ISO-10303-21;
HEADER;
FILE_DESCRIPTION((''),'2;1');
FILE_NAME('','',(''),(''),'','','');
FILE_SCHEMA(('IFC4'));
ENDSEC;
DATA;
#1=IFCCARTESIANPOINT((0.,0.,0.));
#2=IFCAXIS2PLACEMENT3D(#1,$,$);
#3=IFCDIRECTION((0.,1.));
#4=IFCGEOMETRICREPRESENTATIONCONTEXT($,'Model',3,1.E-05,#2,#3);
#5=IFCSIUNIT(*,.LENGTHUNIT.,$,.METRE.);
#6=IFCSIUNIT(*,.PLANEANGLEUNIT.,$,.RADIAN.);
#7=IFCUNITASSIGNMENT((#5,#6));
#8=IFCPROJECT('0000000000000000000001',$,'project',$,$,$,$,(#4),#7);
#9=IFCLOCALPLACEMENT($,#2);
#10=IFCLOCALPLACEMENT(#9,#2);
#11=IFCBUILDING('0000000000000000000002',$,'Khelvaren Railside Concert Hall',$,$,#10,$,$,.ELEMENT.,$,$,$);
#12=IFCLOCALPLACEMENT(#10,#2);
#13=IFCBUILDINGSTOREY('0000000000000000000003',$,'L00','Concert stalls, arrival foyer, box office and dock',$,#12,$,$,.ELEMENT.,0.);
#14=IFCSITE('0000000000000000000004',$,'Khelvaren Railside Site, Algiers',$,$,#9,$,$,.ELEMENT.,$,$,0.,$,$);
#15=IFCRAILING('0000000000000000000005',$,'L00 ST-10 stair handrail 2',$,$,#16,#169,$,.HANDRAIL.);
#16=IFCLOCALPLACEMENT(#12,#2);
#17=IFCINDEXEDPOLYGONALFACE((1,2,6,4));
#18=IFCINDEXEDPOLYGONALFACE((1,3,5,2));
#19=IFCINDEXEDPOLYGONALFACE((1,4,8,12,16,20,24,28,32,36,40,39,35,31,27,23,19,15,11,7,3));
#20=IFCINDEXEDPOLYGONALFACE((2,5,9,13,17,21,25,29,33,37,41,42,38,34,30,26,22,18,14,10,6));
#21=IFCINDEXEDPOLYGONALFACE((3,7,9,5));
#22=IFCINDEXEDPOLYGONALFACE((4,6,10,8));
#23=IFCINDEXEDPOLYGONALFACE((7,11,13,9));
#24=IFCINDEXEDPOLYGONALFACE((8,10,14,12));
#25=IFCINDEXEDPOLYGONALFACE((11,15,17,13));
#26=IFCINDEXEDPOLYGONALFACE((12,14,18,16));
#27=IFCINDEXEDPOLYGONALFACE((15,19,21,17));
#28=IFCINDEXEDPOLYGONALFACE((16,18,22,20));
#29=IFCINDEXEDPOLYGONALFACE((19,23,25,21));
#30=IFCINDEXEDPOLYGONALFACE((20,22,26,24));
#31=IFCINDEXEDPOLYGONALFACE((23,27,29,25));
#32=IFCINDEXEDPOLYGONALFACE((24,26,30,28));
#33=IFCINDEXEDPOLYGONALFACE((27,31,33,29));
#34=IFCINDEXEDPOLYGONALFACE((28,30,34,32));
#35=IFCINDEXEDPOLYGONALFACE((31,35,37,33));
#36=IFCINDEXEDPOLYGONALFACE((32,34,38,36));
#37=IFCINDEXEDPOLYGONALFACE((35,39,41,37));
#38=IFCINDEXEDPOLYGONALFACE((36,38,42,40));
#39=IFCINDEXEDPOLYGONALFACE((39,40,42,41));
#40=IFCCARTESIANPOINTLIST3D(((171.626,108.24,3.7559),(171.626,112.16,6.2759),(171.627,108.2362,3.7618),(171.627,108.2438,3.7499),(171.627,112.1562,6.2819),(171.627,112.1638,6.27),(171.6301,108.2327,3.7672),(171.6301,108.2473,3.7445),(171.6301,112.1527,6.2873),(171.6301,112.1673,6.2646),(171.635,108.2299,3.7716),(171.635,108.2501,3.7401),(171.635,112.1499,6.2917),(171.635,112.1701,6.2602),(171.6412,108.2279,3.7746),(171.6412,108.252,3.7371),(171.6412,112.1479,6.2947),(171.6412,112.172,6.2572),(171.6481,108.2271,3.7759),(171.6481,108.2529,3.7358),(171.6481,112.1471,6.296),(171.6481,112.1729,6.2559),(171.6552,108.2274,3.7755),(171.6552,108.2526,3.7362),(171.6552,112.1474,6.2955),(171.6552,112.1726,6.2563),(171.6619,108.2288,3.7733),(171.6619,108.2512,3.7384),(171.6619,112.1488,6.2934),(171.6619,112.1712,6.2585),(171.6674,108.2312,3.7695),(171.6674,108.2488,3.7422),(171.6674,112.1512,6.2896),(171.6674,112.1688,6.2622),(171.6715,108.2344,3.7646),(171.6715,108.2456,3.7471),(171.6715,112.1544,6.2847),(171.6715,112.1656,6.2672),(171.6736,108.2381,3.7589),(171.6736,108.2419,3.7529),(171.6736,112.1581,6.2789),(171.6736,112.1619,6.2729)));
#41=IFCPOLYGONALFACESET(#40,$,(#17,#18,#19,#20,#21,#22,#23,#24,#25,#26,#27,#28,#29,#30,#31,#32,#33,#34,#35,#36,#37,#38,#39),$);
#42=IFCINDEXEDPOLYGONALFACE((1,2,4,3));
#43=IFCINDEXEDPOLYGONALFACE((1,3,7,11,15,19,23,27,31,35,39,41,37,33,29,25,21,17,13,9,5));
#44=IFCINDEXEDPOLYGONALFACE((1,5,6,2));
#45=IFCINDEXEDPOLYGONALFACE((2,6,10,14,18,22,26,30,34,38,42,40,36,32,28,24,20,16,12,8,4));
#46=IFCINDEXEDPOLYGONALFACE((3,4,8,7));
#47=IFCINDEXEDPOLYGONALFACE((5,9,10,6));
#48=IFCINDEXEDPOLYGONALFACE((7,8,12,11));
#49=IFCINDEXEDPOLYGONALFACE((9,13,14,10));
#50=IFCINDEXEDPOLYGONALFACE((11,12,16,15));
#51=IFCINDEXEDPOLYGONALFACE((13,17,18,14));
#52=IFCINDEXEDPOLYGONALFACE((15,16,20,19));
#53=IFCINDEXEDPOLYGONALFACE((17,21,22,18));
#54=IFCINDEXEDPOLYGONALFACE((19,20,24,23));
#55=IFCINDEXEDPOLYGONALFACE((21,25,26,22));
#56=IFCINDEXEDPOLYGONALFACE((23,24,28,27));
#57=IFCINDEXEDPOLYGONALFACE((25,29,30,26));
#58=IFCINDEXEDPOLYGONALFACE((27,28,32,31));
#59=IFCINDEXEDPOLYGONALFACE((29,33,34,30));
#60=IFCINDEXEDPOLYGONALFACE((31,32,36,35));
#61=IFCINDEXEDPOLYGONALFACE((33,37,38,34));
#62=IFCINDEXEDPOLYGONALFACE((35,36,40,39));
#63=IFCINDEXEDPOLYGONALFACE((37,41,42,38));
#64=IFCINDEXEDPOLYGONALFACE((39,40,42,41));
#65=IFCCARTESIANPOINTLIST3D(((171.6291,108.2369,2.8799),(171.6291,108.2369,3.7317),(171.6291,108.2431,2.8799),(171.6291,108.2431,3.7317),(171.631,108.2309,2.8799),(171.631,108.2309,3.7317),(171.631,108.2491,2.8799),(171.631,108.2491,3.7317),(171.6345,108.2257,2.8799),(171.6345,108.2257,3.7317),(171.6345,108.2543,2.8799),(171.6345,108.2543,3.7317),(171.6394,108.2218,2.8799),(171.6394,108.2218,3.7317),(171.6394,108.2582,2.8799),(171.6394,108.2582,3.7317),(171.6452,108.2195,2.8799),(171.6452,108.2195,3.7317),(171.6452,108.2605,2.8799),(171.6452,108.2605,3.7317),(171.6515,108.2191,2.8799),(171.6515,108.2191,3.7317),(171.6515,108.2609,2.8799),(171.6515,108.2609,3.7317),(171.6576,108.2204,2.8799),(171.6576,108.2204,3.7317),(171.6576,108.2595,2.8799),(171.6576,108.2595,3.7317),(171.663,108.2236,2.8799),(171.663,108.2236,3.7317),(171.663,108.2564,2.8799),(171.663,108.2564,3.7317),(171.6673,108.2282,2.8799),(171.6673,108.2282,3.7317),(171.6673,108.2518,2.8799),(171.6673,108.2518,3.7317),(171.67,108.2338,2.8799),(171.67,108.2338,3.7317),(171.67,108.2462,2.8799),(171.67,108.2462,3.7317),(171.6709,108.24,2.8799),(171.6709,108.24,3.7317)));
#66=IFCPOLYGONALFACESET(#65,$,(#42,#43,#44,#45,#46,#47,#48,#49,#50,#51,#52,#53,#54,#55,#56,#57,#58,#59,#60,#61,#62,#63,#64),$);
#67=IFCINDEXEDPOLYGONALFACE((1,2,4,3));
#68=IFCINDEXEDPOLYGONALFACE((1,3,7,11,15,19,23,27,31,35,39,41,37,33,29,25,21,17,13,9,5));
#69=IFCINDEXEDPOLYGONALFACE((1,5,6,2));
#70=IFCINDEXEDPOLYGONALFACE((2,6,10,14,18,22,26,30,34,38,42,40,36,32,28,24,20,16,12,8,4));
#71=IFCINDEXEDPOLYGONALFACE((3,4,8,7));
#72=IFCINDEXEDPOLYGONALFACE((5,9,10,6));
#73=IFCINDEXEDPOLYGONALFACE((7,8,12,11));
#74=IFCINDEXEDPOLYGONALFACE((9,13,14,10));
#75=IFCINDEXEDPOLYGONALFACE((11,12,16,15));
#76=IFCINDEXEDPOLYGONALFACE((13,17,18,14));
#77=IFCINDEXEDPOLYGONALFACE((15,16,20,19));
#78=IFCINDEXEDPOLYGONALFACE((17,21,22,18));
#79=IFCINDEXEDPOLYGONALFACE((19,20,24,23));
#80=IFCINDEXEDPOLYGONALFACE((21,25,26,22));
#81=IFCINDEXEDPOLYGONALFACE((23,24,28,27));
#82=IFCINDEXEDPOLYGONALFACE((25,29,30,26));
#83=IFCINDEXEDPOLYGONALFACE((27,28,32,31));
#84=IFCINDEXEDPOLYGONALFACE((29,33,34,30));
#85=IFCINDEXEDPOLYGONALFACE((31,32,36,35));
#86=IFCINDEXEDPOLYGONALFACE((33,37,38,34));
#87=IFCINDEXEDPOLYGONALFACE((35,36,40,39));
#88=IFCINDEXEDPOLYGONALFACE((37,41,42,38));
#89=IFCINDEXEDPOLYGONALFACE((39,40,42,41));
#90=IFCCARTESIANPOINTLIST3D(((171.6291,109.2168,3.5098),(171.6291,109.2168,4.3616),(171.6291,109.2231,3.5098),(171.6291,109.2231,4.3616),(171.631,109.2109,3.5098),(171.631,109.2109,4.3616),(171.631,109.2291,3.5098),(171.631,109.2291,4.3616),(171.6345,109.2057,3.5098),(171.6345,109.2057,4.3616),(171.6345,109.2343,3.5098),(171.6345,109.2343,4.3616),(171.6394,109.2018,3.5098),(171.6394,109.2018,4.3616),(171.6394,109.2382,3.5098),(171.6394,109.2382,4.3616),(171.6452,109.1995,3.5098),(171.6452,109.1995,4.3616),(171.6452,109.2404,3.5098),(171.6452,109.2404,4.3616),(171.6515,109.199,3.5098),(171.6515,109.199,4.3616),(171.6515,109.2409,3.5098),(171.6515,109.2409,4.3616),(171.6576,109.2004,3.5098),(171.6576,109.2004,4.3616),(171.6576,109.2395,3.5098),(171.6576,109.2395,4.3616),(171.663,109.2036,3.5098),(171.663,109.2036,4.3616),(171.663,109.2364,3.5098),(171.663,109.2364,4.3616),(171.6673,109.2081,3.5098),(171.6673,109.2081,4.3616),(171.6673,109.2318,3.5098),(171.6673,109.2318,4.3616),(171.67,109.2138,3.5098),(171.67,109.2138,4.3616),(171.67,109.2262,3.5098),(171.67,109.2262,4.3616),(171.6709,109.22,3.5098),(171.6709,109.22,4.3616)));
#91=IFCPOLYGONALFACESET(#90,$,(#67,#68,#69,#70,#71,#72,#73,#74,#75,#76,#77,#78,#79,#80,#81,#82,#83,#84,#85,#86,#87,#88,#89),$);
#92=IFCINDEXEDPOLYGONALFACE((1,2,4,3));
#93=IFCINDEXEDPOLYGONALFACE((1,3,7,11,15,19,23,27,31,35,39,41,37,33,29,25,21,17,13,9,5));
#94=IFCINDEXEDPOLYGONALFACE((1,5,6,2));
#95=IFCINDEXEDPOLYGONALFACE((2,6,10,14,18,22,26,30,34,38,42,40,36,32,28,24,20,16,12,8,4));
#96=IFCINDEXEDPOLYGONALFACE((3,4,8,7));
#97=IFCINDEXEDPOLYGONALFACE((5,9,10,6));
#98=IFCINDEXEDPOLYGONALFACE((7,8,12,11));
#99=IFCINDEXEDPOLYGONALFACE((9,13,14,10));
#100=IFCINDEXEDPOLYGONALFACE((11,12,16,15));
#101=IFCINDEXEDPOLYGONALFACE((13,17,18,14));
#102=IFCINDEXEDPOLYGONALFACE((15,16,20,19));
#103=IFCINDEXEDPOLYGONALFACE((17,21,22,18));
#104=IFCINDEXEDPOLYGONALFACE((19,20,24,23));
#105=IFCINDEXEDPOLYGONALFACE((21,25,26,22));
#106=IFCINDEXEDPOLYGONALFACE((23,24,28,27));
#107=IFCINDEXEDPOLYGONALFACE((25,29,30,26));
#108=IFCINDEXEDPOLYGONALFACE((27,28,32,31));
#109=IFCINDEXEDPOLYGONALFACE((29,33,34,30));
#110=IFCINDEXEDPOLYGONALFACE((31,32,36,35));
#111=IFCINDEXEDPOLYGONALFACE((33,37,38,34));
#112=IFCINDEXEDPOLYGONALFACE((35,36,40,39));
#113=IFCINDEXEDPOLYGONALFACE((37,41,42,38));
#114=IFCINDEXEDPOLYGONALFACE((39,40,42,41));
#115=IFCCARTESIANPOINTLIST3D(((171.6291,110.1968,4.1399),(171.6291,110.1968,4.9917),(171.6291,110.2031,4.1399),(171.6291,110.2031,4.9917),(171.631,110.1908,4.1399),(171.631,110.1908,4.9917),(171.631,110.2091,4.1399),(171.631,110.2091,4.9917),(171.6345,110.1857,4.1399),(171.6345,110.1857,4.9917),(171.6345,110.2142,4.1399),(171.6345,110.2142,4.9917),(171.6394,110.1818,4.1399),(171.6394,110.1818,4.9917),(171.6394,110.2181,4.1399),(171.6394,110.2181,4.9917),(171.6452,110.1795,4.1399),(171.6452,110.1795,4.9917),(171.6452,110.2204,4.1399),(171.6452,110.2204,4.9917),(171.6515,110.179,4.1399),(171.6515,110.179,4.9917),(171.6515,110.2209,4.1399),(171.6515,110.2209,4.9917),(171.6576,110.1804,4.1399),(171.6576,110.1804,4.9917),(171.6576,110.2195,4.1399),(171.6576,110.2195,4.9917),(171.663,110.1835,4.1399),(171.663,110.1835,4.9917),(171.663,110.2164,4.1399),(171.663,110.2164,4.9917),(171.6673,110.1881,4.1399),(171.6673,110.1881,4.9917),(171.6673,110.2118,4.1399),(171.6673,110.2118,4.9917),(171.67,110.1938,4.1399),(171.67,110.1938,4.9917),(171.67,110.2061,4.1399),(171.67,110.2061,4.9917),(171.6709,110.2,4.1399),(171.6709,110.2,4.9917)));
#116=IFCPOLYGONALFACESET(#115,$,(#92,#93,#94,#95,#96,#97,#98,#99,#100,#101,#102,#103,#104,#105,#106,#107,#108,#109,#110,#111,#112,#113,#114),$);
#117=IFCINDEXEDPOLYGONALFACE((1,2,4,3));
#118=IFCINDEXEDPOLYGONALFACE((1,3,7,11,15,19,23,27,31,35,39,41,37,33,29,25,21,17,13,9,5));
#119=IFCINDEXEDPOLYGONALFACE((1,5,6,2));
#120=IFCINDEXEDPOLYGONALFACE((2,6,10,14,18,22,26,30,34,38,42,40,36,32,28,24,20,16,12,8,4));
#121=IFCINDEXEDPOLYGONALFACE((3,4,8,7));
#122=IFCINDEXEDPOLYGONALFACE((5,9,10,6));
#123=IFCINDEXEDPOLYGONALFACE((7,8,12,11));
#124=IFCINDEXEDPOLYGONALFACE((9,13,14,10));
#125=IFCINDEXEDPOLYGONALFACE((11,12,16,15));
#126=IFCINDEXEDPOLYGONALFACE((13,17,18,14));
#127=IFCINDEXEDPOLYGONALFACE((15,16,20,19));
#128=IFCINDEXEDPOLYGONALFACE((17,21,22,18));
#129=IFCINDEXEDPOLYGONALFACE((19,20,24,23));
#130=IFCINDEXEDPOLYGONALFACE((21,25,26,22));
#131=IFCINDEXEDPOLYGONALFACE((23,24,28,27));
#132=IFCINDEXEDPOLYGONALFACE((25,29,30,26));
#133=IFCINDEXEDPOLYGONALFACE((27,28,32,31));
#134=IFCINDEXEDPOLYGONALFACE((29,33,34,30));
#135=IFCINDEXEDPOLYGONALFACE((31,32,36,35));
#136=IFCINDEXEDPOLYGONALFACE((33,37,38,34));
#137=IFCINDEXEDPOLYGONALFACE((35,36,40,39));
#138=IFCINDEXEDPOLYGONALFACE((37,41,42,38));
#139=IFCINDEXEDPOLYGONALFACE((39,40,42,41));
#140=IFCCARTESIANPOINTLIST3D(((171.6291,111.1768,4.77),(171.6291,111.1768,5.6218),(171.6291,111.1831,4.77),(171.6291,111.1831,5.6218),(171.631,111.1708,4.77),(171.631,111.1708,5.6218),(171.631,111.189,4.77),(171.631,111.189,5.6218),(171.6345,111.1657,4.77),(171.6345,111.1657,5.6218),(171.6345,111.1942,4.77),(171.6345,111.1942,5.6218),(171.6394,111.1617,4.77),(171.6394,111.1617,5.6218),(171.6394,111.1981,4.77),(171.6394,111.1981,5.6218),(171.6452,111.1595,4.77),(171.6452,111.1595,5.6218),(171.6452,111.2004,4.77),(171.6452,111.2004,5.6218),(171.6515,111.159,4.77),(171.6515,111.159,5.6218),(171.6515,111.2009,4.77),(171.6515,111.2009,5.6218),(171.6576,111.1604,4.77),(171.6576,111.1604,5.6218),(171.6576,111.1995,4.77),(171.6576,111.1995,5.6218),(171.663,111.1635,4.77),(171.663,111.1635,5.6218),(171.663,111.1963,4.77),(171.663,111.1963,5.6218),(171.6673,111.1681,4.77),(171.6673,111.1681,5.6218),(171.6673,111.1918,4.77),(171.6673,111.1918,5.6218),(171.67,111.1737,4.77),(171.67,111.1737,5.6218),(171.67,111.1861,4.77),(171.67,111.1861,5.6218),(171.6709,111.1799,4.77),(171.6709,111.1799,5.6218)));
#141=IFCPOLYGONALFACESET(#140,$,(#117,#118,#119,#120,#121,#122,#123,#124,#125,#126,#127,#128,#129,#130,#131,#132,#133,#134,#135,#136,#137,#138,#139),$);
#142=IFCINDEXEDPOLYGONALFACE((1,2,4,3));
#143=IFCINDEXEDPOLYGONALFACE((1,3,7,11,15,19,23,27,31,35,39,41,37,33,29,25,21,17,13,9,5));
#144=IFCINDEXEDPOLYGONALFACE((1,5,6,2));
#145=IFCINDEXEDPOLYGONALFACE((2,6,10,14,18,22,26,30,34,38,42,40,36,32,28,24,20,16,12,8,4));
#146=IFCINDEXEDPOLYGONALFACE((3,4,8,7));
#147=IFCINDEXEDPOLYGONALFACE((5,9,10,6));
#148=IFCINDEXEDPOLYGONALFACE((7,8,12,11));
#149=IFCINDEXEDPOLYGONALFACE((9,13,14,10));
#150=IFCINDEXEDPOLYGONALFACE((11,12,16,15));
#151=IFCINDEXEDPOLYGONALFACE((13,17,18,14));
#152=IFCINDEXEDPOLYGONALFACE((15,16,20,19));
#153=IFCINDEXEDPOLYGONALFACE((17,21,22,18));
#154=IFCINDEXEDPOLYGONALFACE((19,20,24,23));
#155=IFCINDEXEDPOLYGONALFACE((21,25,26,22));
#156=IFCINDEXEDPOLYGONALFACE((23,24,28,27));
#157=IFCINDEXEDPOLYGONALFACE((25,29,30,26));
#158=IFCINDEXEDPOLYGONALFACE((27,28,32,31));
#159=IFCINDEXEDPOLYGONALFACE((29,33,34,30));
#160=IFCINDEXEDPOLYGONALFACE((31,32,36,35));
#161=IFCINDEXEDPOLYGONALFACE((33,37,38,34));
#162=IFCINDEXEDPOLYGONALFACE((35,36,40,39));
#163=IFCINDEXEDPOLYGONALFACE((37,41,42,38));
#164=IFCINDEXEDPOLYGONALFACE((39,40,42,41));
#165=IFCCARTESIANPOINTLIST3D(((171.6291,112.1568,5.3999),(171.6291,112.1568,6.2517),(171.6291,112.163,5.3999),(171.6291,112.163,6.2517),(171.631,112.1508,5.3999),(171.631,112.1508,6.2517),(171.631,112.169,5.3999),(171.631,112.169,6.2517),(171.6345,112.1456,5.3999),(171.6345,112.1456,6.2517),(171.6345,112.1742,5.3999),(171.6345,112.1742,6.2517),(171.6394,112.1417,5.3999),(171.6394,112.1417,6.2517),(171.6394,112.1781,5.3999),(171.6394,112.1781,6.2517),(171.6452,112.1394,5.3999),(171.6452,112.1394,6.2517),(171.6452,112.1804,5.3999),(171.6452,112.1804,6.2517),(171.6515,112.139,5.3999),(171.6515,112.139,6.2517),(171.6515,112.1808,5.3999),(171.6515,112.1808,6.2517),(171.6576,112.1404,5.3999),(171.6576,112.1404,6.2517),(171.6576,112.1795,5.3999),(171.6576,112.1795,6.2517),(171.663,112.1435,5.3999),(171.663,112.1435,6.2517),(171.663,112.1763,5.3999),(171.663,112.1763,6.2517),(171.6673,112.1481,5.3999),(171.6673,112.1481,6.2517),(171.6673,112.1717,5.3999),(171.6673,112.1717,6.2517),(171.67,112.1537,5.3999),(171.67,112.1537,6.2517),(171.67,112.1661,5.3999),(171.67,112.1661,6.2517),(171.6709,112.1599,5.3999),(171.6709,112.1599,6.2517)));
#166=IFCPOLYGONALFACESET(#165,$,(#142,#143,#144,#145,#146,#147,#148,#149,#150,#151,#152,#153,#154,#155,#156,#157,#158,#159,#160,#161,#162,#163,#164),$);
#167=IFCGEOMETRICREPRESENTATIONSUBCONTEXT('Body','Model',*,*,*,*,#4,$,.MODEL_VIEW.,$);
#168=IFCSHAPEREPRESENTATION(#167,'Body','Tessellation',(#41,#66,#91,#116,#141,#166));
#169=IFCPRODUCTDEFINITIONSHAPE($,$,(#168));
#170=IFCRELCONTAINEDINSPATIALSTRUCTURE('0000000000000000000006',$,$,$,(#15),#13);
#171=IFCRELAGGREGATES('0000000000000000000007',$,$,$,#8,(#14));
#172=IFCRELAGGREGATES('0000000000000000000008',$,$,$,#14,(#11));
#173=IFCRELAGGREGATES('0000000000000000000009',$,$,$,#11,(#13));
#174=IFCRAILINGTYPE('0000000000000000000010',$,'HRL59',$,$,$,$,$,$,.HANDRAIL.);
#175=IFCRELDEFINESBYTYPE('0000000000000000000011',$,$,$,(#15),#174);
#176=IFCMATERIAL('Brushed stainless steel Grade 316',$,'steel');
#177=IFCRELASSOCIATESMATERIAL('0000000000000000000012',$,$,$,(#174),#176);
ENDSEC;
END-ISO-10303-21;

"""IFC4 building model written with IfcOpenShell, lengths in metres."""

from ifc_helpers import new_model, si_unit, direction, frame, origin, origin_2d, place, context, subcontext, project, spatial, circle, extrude, material, type_object, element, save


model = new_model("IFC4")

# Units and contexts
model_context = context("Model", 3, precision=1e-05, world=origin(), true_north=direction((0.0, 1.0)))
body_context = subcontext(model_context, "Body", "Model", "MODEL_VIEW")
ifc_project = project(units=[si_unit("LENGTHUNIT", "METRE"), si_unit("PLANEANGLEUNIT", "RADIAN")], contexts=[model_context])

# Site, building, storey
site_placement = place(None, origin())
site = spatial("IfcSite", under=ifc_project, at=site_placement, Name="Khelvaren Railside Site, Algiers", CompositionType="ELEMENT", RefElevation=0.0)
building_placement = place(site_placement, origin())
building = spatial("IfcBuilding", under=site, at=building_placement, Name="Khelvaren Railside Concert Hall", CompositionType="ELEMENT")
storey_placement = place(building_placement, origin())
storey = spatial("IfcBuildingStorey", under=building, at=storey_placement, Name="L00", Description="Concert stalls, arrival foyer, box office and dock", CompositionType="ELEMENT", Elevation=0.0)

# Railing
ifc_material_1 = material(Name="Brushed stainless steel Grade 316", Category="steel")
railing_type_1 = type_object("IfcRailingType", Name="HRL59", PredefinedType="HANDRAIL", material=ifc_material_1)
railing_1_placement = place(storey_placement, frame((171.6499, 108.24, 2.8799)))
element("IfcRailing", 1, at=railing_1_placement, inside=storey, type_object=railing_type_1, Name="L00 ST-10 stair handrail 2", PredefinedType="HANDRAIL", context=body_context, shape_type="SweptSolid", body=[
    extrude(circle(Radius=0.0239, at=origin_2d()), frame((0.0, 0.0, 0.876), z_axis=(0.0, 0.841172, 0.540768), x_axis=(-1.0, 0.0, 0.0)), (0.0, 0.0, 1.0), 4.6602),
    extrude(circle(Radius=0.021, at=origin_2d()), origin(), (0.0, 0.0, 1.0), 0.8518),
    extrude(circle(Radius=0.021, at=origin_2d()), frame((0.0, 0.98, 0.6299)), (0.0, 0.0, 1.0), 0.8518),
    extrude(circle(Radius=0.021, at=origin_2d()), frame((0.0, 1.96, 1.26)), (0.0, 0.0, 1.0), 0.8518),
    extrude(circle(Radius=0.021, at=origin_2d()), frame((0.0, 2.9399, 1.8901)), (0.0, 0.0, 1.0), 0.8518),
    extrude(circle(Radius=0.021, at=origin_2d()), frame((0.0, 3.9199, 2.52)), (0.0, 0.0, 1.0), 0.8518),
])

save(model, "model.ifc")
